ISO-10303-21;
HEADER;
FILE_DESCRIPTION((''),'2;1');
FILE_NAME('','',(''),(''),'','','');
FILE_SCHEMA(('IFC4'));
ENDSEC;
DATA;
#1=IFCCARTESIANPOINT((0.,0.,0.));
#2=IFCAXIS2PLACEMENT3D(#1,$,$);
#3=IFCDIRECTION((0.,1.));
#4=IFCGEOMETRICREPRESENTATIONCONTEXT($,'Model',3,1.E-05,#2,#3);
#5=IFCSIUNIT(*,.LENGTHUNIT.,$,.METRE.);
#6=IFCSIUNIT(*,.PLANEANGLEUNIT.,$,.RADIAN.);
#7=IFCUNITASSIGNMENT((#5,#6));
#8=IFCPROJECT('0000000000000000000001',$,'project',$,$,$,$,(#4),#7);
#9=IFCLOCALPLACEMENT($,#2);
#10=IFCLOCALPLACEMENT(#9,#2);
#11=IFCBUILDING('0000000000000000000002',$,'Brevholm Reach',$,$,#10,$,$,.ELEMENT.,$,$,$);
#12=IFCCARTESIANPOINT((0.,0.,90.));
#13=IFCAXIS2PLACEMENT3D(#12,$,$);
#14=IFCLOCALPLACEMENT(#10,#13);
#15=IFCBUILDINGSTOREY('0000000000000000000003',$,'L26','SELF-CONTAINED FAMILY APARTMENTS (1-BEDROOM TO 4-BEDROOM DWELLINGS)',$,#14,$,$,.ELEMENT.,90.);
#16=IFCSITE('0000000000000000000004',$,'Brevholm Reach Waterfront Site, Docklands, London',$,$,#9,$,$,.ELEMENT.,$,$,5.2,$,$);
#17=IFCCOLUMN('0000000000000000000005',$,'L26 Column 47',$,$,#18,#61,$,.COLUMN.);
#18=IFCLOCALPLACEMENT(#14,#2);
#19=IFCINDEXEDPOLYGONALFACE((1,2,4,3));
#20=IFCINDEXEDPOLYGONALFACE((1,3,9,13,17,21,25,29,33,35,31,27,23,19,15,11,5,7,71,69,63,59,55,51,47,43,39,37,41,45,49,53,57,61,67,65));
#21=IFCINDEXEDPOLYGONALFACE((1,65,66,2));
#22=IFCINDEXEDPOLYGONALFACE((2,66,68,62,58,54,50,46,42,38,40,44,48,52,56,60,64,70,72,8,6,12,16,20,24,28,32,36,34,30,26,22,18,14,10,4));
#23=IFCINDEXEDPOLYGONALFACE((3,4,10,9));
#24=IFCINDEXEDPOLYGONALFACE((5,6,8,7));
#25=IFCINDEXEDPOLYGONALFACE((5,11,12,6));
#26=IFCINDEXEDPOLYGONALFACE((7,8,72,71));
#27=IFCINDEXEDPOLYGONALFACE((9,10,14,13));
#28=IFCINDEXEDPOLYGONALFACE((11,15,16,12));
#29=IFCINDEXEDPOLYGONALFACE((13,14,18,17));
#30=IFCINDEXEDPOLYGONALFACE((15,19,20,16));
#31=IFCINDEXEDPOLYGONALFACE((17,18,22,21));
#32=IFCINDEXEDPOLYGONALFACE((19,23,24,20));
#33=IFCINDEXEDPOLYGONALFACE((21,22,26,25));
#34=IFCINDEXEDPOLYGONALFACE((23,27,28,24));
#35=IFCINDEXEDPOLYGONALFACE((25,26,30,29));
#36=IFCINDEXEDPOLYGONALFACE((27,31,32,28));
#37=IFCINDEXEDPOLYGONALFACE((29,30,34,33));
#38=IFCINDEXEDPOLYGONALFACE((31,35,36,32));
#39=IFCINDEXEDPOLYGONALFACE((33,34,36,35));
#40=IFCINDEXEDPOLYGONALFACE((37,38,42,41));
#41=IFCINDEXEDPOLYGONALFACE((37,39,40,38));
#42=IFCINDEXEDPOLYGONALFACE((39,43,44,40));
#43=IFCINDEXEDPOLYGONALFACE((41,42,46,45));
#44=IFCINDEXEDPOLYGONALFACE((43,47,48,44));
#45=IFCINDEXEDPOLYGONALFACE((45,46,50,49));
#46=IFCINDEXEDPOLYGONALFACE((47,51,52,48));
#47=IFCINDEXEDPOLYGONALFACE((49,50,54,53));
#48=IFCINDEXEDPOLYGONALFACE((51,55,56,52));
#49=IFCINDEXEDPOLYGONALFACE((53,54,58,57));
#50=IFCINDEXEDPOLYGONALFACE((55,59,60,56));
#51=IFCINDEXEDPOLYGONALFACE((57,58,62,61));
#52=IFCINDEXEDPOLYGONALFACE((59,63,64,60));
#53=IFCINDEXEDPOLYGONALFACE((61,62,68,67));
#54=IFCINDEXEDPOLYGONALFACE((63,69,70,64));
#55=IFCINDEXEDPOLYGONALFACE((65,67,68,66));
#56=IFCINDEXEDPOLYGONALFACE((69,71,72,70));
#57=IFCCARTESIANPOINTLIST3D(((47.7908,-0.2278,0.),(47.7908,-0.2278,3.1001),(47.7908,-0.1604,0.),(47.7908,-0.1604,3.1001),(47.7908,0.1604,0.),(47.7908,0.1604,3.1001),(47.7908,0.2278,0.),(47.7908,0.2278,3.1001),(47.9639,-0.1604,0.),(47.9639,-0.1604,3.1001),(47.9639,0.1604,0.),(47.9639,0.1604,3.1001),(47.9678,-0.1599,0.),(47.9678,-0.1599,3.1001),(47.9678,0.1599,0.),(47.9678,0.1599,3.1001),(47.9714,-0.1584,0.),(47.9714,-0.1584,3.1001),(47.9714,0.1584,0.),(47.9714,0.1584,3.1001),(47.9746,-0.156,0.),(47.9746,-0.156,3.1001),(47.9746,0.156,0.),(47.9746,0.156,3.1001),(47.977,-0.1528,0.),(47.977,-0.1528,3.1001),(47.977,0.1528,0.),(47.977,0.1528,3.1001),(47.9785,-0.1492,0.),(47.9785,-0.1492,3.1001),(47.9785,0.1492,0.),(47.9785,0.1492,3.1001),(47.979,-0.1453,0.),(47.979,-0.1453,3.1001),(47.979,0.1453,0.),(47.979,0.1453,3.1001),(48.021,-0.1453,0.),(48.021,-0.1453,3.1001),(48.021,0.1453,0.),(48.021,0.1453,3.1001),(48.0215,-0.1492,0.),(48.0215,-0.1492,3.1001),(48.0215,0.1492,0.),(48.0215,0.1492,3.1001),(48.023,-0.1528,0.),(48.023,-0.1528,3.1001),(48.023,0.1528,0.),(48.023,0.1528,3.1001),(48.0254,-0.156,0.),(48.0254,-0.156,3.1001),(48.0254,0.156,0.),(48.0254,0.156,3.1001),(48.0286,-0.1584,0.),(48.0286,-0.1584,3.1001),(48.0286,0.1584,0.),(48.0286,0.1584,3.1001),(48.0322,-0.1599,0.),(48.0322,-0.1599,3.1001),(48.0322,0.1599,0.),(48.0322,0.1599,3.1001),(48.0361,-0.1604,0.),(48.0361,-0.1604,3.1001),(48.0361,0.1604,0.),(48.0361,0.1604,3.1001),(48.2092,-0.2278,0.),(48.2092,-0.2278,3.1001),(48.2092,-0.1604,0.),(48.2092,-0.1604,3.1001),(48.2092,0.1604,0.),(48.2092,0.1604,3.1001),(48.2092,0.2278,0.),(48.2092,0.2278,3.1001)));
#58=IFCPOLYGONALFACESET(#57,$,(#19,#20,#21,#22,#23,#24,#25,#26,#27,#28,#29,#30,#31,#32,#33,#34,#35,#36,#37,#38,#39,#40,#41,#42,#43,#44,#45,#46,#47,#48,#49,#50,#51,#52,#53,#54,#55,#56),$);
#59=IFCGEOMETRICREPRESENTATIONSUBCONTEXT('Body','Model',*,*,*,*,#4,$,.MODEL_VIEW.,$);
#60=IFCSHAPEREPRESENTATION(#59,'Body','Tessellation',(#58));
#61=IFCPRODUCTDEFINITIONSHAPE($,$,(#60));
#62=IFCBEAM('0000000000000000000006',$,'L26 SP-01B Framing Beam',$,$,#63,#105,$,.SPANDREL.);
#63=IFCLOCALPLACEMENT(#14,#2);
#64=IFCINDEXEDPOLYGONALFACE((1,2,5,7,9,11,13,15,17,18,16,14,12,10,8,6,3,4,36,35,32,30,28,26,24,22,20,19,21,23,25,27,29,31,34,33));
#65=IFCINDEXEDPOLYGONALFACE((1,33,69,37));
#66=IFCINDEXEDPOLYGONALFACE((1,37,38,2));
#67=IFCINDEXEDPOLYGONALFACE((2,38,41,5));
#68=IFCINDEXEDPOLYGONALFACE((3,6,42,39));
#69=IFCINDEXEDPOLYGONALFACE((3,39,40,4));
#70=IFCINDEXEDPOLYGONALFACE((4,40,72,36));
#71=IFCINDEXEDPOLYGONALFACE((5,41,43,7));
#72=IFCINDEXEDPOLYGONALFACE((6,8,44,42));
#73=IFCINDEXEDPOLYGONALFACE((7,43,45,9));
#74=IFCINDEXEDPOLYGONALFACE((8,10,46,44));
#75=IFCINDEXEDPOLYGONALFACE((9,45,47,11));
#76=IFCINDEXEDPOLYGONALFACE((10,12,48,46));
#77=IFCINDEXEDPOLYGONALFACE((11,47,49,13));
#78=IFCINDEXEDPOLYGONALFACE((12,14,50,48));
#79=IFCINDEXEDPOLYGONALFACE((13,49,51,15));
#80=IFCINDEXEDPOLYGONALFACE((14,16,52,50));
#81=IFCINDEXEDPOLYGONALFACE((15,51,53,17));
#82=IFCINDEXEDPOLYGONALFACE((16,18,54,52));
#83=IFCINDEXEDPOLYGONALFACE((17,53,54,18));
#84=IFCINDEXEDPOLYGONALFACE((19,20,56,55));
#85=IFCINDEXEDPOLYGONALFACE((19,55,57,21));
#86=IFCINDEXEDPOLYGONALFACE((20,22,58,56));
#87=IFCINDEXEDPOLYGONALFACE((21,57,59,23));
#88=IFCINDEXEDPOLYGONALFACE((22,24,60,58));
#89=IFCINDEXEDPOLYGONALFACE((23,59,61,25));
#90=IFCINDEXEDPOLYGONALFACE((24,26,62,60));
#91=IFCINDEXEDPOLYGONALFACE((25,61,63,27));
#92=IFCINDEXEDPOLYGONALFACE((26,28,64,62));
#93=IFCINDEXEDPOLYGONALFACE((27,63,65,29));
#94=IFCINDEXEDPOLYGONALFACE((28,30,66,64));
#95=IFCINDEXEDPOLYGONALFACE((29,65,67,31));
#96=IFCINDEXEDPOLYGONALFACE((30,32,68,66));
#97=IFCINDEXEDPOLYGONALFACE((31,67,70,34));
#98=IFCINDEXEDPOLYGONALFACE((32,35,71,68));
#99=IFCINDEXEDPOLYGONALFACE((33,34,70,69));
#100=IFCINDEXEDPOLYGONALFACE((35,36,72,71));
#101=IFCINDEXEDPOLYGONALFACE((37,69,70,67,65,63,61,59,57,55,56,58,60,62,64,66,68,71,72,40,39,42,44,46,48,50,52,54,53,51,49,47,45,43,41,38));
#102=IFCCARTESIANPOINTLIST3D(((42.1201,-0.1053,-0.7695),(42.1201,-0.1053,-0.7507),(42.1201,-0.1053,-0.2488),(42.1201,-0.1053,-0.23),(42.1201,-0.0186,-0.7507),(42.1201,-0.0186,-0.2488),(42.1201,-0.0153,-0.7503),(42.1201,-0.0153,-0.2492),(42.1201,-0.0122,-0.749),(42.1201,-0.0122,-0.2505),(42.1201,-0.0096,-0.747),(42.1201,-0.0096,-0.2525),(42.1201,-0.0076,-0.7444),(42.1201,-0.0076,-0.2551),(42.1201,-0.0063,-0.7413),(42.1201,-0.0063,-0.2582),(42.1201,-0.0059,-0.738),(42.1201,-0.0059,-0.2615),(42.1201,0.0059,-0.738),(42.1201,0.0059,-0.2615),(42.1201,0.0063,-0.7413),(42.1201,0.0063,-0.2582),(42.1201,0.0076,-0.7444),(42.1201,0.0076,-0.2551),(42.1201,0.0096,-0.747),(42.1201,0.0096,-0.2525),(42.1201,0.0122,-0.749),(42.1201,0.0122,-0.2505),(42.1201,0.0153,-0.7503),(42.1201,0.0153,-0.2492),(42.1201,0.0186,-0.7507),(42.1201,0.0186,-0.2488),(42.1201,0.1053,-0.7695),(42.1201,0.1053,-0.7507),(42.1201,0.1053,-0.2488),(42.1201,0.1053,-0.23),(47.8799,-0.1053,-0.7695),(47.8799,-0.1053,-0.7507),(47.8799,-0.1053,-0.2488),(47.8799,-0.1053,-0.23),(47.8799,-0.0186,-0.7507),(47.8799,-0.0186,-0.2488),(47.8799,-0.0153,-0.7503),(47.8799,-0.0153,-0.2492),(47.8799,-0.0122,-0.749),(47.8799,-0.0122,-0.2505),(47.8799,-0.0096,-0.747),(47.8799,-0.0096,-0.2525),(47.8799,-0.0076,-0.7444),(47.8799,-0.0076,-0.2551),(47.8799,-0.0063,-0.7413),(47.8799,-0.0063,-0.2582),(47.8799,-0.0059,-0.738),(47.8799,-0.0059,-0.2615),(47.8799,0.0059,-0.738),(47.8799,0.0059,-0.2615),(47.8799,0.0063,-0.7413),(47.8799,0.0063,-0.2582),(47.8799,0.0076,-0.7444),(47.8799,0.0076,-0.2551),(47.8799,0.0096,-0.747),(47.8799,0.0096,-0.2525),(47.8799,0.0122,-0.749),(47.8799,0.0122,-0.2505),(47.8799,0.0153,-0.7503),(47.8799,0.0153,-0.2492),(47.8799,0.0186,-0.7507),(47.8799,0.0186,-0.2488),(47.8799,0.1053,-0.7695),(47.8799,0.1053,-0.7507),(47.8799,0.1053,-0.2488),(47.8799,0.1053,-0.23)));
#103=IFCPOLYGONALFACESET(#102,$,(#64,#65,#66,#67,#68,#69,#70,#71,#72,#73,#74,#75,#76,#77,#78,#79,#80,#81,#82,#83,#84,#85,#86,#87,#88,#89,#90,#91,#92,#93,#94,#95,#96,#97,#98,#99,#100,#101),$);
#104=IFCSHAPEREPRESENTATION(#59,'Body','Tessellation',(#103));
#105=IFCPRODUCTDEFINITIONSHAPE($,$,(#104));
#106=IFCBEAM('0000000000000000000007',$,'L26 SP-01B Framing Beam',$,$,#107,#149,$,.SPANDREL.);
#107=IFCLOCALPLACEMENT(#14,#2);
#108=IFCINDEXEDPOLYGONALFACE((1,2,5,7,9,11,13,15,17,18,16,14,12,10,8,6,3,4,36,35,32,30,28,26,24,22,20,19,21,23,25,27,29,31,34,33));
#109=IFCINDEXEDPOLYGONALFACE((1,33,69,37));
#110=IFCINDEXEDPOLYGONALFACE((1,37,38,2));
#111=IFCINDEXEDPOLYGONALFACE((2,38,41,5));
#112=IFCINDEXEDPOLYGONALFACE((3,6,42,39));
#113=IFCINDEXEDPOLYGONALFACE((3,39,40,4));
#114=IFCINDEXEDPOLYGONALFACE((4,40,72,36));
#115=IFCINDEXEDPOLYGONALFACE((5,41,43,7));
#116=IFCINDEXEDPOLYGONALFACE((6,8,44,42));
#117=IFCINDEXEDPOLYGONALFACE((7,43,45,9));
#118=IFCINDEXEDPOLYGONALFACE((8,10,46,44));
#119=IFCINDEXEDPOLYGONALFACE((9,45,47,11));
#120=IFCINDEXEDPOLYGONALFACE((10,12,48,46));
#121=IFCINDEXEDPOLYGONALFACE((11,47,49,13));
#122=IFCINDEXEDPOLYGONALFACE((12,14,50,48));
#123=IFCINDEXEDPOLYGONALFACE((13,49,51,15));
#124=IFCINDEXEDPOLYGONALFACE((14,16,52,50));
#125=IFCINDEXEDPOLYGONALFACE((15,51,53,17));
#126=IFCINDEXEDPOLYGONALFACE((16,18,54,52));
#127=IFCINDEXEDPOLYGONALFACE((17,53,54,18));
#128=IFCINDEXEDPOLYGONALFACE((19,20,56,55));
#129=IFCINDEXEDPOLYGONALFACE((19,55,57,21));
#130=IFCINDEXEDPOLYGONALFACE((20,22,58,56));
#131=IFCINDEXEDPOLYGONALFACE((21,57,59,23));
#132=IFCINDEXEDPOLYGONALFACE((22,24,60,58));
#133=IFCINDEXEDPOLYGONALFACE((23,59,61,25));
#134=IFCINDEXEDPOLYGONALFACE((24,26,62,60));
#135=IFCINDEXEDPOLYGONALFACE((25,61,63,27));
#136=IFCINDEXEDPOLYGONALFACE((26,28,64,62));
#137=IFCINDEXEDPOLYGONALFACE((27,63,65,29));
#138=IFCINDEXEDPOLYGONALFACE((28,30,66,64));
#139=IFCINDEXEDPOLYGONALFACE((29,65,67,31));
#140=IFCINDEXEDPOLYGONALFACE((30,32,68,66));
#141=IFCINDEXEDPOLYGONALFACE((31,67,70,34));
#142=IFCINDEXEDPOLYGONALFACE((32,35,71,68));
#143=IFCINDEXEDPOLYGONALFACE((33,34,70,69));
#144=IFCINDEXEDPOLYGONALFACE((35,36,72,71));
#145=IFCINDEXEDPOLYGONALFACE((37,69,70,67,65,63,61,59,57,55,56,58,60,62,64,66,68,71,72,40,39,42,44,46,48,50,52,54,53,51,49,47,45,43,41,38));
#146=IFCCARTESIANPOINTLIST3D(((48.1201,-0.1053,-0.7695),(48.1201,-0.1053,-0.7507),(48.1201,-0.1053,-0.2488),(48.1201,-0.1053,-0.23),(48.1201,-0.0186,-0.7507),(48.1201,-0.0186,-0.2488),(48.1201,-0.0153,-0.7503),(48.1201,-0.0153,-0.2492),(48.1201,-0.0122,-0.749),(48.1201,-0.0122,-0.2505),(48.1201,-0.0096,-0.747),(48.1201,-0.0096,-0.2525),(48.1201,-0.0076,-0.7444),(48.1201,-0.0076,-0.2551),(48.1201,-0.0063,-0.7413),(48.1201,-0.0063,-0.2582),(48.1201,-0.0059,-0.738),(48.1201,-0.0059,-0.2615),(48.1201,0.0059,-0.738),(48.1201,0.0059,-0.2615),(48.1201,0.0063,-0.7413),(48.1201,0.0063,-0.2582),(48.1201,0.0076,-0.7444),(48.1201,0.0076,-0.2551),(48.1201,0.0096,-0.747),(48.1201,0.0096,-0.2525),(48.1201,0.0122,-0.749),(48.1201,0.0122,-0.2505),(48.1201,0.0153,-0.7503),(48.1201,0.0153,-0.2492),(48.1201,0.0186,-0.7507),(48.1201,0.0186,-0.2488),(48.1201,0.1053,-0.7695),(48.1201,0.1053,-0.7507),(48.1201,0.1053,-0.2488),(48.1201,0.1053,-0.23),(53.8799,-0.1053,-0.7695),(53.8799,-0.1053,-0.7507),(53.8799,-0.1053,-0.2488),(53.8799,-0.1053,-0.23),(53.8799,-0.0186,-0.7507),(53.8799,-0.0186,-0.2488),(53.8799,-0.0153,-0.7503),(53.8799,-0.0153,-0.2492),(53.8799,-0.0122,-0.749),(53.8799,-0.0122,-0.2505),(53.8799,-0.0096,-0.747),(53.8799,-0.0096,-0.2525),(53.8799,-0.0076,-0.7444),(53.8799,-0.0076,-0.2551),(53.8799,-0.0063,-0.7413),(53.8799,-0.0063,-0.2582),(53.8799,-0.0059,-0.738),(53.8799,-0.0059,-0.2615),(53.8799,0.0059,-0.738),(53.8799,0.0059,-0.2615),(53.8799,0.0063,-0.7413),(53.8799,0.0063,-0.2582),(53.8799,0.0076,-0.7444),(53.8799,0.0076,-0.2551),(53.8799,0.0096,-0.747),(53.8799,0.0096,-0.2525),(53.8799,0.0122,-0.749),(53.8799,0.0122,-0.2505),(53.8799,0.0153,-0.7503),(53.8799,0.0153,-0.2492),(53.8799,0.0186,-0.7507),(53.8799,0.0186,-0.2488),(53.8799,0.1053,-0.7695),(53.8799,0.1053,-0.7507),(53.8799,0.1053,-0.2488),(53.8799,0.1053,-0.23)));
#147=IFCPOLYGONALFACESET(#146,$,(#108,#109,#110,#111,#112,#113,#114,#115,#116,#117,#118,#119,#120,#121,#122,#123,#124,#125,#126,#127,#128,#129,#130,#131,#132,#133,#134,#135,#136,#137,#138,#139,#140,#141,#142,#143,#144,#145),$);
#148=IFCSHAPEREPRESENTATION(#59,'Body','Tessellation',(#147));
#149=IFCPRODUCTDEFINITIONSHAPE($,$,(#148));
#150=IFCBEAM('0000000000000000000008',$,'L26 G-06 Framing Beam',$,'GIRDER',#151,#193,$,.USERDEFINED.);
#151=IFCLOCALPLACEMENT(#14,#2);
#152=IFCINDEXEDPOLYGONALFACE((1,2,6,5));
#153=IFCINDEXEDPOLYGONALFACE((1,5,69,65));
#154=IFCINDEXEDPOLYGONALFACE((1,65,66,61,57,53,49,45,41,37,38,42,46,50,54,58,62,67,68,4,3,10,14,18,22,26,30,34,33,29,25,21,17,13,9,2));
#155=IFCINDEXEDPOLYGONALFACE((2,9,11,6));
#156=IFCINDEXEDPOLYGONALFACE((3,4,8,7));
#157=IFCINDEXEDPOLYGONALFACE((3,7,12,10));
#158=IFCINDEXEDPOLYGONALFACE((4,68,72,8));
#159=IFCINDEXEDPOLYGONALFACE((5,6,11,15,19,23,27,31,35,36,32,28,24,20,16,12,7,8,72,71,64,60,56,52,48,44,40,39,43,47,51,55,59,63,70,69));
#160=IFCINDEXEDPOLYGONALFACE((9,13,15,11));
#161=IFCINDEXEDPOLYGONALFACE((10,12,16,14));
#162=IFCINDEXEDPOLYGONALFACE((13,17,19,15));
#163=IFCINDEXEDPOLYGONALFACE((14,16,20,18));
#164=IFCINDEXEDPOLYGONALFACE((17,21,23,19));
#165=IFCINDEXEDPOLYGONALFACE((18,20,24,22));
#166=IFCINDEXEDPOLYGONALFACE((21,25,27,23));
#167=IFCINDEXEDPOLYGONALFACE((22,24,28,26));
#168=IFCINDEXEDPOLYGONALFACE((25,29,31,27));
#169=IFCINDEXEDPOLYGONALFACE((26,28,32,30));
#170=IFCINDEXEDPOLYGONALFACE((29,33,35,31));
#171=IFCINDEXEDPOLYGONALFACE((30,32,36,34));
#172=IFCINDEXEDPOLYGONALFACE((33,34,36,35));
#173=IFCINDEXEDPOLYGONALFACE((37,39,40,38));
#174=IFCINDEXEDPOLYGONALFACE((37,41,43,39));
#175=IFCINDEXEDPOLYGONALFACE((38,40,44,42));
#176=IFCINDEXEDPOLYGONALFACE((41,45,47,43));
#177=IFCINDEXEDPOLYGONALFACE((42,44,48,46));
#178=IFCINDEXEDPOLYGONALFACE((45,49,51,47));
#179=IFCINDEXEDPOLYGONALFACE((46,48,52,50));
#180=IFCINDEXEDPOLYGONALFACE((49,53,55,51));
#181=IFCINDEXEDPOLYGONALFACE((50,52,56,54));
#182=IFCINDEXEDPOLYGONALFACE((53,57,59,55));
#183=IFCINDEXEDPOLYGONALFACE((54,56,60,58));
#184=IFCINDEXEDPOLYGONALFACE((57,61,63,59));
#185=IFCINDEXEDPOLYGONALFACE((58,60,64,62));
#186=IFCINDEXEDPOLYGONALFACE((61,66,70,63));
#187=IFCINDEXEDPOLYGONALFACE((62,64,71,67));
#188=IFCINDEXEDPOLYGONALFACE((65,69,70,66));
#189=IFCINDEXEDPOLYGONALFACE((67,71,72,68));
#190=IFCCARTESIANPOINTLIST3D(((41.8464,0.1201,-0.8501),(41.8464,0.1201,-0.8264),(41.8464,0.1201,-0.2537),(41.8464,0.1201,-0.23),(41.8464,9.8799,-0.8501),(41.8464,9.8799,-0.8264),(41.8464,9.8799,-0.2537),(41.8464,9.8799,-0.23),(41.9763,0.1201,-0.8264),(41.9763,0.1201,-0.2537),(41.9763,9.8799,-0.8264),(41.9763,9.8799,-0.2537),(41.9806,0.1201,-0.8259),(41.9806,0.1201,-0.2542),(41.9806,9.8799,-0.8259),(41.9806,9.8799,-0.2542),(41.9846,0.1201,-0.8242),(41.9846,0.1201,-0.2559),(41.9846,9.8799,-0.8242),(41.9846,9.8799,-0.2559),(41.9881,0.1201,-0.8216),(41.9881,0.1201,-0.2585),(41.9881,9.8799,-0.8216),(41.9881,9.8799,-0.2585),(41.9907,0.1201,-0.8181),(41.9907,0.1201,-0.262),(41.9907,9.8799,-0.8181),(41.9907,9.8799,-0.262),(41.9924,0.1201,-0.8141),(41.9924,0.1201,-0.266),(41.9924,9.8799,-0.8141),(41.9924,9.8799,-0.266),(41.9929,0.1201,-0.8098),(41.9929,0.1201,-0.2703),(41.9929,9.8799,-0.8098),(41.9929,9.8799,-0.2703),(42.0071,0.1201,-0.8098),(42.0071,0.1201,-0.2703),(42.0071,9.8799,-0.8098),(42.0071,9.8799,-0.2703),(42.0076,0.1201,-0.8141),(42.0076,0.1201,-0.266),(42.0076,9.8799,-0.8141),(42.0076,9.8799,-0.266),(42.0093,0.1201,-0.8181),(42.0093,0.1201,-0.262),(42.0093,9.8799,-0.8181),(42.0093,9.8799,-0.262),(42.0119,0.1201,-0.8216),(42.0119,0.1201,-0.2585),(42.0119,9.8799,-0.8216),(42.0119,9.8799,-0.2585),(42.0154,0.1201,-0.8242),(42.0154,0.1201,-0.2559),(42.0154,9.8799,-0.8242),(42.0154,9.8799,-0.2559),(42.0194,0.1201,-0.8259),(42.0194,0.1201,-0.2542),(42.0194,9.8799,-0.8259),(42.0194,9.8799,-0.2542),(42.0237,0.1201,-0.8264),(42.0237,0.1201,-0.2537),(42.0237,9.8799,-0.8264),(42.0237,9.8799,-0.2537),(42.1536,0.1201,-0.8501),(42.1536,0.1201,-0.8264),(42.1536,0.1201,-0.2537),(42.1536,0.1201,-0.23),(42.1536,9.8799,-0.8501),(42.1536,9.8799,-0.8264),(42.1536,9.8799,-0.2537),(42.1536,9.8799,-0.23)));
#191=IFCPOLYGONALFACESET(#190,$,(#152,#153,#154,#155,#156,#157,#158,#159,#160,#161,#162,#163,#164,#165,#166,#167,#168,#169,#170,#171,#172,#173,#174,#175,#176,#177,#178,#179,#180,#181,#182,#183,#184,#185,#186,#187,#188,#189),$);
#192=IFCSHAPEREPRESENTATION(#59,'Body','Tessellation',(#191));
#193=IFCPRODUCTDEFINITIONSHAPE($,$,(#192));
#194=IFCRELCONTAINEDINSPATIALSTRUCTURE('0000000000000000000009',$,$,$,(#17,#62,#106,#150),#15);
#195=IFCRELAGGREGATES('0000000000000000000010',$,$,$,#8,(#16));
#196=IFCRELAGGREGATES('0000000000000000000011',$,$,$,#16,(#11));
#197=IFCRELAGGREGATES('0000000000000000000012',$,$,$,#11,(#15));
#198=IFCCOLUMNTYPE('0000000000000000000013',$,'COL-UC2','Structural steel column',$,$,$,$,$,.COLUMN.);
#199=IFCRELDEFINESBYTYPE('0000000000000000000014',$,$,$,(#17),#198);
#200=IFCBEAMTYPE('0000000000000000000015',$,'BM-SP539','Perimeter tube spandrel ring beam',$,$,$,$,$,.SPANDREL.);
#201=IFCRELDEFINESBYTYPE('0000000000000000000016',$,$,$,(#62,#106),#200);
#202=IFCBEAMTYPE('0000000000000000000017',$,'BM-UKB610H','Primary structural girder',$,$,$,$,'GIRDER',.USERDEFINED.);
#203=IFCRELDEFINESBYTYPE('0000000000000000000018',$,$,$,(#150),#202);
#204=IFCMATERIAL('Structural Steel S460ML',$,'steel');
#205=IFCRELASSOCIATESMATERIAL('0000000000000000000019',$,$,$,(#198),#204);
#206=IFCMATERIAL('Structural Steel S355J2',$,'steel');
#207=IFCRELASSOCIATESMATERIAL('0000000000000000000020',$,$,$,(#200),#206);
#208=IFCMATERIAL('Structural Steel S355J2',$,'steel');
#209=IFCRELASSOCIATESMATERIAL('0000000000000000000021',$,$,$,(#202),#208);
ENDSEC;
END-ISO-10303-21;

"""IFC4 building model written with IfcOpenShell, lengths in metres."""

from ifc_helpers import new_model, si_unit, direction, frame, origin, origin_2d, place, context, subcontext, project, spatial, i_section, extrude, material, material_profile, profile_set, type_object, element, save


model = new_model("IFC4")

# Units and contexts
model_context = context("Model", 3, precision=1e-05, world=origin(), true_north=direction((0.0, 1.0)))
body_context = subcontext(model_context, "Body", "Model", "MODEL_VIEW")
ifc_project = project(units=[si_unit("LENGTHUNIT", "METRE"), si_unit("PLANEANGLEUNIT", "RADIAN")], contexts=[model_context])

# Site, building, storey
site_placement = place(None, origin())
site = spatial("IfcSite", under=ifc_project, at=site_placement, Name="Brevholm Reach Waterfront Site, Docklands, London", CompositionType="ELEMENT", RefElevation=5.2)
building_placement = place(site_placement, origin())
building = spatial("IfcBuilding", under=site, at=building_placement, Name="Brevholm Reach", CompositionType="ELEMENT")
storey_placement = place(building_placement, frame((0.0, 0.0, 90.0)))
storey = spatial("IfcBuildingStorey", under=building, at=storey_placement, Name="L26", Description="SELF-CONTAINED FAMILY APARTMENTS (1-BEDROOM TO 4-BEDROOM DWELLINGS)", CompositionType="ELEMENT", Elevation=90.0)

# Column
ifc_material_1 = material(Name="Structural Steel S460ML", Category="steel")
ifc_material_profile_1 = material_profile(ifc_material_1, i_section(OverallWidth=0.4185, OverallDepth=0.4556, WebThickness=0.042, FlangeThickness=0.0674, FilletRadius=0.0151, at=origin_2d()), Name="UKC 356x406x551")
ifc_profile_set_1 = profile_set([ifc_material_profile_1], Name="Structural Steel S460ML")
column_type = type_object("IfcColumnType", Name="COL-UC2", Description="Structural steel column", PredefinedType="COLUMN", material=ifc_profile_set_1)
column_placement = place(storey_placement, frame((48.0, 0.0, 0.0), z_axis=(0.0, 0.0, 1.0), x_axis=(1.0, 0.0, 0.0)))
element("IfcColumn", 1, at=column_placement, inside=storey, type_object=column_type, Name="L26 Column 47", PredefinedType="COLUMN", context=body_context, shape_type="SweptSolid", body=[
    extrude(i_section(OverallWidth=0.4185, OverallDepth=0.4556, WebThickness=0.042, FlangeThickness=0.0674, FilletRadius=0.0151, at=origin_2d()), origin(), (0.0, 0.0, 1.0), 3.1001),
])

# Beams
ifc_material_2 = material(Name="Structural Steel S355J2", Category="steel")
ifc_material_profile_2 = material_profile(ifc_material_2, i_section(OverallWidth=0.2107, OverallDepth=0.5396, WebThickness=0.0117, FlangeThickness=0.0188, FilletRadius=0.0127, at=origin_2d()), Name="UKB 533x210x109")
ifc_profile_set_2 = profile_set([ifc_material_profile_2], Name="Structural Steel S355J2")
beam_type_1 = type_object("IfcBeamType", Name="BM-SP539", Description="Perimeter tube spandrel ring beam", PredefinedType="SPANDREL", material=ifc_profile_set_2)
for number, where, z_axis, x_axis, name in (
    (2, (42.1201, 0.0, -0.4998), (1.0, 0.0, 0.0), (0.0, 1.0, 0.0), "L26 SP-01B Framing Beam"),
    (3, (48.1201, 0.0, -0.4998), (1.0, 0.0, 0.0), (0.0, 1.0, 0.0), "L26 SP-01B Framing Beam"),
):
    element("IfcBeam", number, at=place(storey_placement, frame(where, z_axis=z_axis, x_axis=x_axis)), inside=storey, type_object=beam_type_1, Name=name, PredefinedType="SPANDREL", context=body_context, shape_type="SweptSolid", body=[
        extrude(i_section(OverallWidth=0.2107, OverallDepth=0.5396, WebThickness=0.0117, FlangeThickness=0.0188, FilletRadius=0.0127, at=origin_2d()), origin(), (0.0, 0.0, 1.0), 5.7598),
    ])
ifc_material_3 = material(Name="Structural Steel S355J2", Category="steel")
ifc_material_profile_3 = material_profile(ifc_material_3, i_section(OverallWidth=0.3071, OverallDepth=0.6201, WebThickness=0.0142, FlangeThickness=0.0237, FilletRadius=0.0166, at=origin_2d()), Name="UKB 610x305x179")
ifc_profile_set_3 = profile_set([ifc_material_profile_3], Name="Structural Steel S355J2")
beam_type_2 = type_object("IfcBeamType", Name="BM-UKB610H", Description="Primary structural girder", ElementType="GIRDER", PredefinedType="USERDEFINED", material=ifc_profile_set_3)
for number, where, z_axis, x_axis, name in (
    (4, (42.0, 0.1201, -0.54), (0.0, 1.0, 0.0), (-1.0, 0.0, 0.0), "L26 G-06 Framing Beam"),
):
    element("IfcBeam", number, at=place(storey_placement, frame(where, z_axis=z_axis, x_axis=x_axis)), inside=storey, type_object=beam_type_2, Name=name, ObjectType="GIRDER", PredefinedType="USERDEFINED", context=body_context, shape_type="SweptSolid", body=[
        extrude(i_section(OverallWidth=0.3071, OverallDepth=0.6201, WebThickness=0.0142, FlangeThickness=0.0237, FilletRadius=0.0166, at=origin_2d()), origin(), (0.0, 0.0, 1.0), 9.7598),
    ])

save(model, "model.ifc")
